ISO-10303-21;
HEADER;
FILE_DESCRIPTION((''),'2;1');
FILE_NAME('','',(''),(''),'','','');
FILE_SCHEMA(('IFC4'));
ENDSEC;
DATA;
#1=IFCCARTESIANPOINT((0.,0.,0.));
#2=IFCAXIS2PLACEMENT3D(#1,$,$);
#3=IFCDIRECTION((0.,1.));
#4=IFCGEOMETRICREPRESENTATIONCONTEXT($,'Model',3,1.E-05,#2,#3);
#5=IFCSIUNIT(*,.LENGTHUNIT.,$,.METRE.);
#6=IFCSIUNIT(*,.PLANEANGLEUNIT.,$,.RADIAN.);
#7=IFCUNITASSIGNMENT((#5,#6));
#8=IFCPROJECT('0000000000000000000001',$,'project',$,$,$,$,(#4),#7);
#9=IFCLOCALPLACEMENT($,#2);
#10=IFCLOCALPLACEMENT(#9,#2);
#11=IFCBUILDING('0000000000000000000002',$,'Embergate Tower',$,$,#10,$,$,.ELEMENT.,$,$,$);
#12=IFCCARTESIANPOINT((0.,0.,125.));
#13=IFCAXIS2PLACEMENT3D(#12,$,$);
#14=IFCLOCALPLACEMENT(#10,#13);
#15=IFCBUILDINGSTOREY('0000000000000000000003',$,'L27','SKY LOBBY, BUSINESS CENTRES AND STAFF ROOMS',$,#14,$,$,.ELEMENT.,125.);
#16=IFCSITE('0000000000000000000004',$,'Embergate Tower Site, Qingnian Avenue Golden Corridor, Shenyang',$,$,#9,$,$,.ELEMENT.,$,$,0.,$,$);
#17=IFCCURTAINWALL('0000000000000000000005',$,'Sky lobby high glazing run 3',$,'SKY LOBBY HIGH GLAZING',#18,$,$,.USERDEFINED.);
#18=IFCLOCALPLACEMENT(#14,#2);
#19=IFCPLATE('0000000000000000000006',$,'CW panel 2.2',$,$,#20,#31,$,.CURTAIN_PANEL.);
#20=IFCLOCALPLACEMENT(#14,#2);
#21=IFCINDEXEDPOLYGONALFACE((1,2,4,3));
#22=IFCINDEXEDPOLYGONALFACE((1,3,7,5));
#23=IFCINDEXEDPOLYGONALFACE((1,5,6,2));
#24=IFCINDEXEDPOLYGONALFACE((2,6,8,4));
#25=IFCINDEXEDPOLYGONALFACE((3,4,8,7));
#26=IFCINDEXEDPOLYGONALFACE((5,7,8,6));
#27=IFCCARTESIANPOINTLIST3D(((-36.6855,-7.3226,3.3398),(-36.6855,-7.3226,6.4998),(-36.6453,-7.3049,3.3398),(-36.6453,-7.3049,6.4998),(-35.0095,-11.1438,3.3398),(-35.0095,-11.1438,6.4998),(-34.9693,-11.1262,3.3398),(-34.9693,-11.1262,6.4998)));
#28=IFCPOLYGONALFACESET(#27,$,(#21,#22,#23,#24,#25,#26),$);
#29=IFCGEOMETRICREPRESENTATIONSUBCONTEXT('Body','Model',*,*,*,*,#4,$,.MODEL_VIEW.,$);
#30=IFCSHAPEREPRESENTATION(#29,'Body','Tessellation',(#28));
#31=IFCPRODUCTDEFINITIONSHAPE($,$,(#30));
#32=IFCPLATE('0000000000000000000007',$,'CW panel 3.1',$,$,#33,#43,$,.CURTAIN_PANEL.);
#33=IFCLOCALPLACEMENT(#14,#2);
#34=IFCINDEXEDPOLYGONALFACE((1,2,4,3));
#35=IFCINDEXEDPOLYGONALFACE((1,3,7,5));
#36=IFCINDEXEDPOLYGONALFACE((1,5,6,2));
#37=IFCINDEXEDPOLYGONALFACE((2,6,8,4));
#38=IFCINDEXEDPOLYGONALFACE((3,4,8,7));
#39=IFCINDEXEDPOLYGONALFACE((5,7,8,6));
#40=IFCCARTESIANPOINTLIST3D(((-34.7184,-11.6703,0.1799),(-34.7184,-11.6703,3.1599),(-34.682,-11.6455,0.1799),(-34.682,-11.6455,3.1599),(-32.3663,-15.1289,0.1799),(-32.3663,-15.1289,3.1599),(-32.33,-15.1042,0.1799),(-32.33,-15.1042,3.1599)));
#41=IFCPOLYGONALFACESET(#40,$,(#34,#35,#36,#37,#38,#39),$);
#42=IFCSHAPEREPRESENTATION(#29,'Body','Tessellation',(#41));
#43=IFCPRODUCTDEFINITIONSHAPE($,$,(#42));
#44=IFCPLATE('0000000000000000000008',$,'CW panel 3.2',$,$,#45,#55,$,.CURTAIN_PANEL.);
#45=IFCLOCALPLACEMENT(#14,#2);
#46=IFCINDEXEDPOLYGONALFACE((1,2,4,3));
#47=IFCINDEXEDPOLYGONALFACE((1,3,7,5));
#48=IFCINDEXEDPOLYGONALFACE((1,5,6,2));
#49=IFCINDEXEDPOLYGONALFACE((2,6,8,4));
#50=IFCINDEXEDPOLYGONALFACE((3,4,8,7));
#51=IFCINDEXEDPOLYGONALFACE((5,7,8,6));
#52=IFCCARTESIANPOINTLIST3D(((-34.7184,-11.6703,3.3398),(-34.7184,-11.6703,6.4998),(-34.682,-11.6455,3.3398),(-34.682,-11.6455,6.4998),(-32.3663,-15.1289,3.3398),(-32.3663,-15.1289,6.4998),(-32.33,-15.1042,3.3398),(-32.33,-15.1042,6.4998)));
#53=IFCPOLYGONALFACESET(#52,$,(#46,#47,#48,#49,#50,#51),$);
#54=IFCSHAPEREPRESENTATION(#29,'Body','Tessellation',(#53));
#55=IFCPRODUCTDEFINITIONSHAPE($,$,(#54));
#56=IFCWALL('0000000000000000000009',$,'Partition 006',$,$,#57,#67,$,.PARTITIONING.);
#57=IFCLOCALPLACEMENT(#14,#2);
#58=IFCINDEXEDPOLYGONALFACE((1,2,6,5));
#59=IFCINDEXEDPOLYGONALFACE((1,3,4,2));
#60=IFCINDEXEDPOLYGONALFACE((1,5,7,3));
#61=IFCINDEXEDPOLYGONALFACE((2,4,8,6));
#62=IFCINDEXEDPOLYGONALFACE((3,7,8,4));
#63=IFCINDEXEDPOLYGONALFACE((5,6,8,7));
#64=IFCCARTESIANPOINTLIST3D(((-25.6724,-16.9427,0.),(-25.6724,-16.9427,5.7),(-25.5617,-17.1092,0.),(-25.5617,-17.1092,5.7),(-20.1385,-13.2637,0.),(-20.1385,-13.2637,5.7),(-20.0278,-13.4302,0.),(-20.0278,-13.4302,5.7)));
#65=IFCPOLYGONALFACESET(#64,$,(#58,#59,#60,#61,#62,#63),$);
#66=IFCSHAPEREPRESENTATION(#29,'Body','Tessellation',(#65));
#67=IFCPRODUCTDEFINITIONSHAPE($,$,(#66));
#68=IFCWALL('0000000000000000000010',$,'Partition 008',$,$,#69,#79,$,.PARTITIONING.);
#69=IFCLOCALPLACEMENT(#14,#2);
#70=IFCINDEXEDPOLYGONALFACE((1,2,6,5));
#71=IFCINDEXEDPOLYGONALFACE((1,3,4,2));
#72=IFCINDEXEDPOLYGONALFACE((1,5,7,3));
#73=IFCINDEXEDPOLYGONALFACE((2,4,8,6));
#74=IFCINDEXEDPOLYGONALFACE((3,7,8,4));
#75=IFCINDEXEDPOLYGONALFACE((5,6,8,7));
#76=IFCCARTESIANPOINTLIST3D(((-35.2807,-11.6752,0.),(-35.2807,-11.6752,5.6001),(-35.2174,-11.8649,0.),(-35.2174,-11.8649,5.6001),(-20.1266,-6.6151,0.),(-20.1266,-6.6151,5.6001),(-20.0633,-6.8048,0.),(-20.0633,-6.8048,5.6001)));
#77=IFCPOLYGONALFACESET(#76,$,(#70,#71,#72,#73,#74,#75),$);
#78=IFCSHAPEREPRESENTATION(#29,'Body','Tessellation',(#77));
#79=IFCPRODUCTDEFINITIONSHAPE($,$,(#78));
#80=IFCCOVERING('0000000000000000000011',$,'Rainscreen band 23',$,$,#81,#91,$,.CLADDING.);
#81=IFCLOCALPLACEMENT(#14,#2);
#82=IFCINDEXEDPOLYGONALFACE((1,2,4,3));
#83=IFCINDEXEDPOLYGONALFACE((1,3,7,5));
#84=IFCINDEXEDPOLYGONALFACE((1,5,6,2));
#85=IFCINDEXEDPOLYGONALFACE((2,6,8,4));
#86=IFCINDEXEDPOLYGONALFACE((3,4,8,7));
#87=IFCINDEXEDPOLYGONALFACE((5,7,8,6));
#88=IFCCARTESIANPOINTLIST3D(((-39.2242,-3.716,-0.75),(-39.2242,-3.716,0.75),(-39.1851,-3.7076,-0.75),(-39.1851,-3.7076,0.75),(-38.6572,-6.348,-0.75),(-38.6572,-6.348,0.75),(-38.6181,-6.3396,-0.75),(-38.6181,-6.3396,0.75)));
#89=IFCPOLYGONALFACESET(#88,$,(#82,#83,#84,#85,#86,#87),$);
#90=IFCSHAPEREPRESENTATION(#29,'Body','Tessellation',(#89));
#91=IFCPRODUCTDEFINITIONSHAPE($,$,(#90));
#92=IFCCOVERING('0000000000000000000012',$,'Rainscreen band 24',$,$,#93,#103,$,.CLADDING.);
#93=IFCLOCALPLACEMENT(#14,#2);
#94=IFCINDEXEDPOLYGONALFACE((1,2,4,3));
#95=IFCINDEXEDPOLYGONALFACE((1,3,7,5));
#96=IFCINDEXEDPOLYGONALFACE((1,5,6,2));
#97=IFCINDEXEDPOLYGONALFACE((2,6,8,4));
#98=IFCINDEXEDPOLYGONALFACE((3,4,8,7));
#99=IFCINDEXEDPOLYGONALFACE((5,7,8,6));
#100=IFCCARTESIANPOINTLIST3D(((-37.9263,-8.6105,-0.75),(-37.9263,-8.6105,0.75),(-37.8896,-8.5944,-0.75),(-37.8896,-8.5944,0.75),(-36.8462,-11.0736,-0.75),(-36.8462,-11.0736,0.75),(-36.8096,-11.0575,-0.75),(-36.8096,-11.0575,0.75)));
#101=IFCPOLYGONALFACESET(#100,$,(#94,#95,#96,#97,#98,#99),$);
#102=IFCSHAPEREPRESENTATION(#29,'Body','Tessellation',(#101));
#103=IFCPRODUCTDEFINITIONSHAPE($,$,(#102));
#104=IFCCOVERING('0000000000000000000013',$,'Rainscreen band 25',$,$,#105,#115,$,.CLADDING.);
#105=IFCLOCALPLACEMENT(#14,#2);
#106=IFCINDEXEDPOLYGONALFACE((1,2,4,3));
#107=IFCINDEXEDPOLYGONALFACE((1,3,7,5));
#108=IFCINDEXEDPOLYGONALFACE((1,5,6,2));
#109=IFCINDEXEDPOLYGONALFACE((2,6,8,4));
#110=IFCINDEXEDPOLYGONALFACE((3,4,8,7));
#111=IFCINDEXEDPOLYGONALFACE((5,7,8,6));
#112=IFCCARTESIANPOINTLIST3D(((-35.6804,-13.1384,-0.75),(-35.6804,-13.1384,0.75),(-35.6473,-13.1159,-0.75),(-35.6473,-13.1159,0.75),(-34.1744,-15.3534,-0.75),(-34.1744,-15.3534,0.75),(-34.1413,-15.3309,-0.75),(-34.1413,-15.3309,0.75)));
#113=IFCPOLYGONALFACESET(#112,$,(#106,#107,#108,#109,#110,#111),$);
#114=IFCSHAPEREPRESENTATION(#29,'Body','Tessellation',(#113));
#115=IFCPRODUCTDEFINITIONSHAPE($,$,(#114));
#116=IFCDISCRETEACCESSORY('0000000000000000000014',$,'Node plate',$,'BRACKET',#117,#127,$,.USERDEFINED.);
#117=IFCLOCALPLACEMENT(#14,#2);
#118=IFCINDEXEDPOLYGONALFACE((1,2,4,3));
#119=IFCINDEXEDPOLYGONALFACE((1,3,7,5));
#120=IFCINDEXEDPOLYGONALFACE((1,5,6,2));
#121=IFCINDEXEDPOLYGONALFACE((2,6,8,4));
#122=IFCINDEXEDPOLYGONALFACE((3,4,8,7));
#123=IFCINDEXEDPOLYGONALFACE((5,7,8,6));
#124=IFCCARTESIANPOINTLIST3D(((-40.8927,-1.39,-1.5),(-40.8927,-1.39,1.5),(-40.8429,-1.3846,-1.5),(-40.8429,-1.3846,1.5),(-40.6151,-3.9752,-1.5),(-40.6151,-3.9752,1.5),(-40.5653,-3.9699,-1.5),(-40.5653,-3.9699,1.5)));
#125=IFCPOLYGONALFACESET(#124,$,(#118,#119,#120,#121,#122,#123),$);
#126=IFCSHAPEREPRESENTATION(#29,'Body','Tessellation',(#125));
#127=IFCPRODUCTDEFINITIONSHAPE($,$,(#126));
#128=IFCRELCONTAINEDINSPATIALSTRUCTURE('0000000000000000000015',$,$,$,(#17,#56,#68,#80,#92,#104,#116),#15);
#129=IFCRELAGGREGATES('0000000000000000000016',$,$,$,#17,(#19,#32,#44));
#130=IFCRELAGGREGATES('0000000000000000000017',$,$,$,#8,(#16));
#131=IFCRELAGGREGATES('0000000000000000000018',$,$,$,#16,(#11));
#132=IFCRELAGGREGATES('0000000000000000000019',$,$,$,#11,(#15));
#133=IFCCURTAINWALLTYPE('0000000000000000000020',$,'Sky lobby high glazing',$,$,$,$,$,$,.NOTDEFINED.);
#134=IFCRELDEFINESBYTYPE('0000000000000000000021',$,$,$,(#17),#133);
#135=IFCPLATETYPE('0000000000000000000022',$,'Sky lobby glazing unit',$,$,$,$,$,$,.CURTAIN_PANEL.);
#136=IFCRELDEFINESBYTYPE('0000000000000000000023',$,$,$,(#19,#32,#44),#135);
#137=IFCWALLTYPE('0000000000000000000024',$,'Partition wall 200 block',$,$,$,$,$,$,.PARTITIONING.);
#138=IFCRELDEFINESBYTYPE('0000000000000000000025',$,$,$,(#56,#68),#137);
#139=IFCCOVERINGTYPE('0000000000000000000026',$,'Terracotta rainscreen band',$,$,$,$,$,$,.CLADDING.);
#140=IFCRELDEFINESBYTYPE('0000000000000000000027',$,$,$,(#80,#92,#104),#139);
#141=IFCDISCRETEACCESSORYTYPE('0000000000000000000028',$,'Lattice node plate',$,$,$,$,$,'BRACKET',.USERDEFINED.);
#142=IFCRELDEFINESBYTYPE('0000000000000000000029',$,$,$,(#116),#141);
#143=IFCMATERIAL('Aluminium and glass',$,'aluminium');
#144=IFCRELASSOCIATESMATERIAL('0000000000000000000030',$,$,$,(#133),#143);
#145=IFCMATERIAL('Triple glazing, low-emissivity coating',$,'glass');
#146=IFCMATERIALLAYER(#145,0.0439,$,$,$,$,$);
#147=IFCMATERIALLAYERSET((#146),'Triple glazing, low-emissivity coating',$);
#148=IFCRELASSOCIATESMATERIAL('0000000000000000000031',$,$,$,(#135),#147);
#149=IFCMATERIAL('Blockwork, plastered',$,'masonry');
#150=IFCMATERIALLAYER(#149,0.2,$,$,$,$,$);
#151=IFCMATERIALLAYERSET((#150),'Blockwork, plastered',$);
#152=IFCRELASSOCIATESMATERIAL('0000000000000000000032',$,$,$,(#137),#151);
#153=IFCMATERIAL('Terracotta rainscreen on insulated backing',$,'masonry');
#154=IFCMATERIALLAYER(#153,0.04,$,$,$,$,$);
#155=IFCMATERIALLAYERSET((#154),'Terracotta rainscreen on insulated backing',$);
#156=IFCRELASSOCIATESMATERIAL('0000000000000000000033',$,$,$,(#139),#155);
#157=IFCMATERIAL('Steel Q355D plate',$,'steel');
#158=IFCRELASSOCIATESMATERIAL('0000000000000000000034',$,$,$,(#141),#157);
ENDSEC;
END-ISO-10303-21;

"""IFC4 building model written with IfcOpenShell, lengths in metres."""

from ifc_helpers import new_model, si_unit, direction, frame, frame_2d, origin, origin_2d, place, context, subcontext, project, spatial, rectangle, extrude, source, transform, mapped, material, layer, layer_set, type_object, element, aggregate, save


model = new_model("IFC4")

# Units and contexts
model_context = context("Model", 3, precision=1e-05, world=origin(), true_north=direction((0.0, 1.0)))
body_context = subcontext(model_context, "Body", "Model", "MODEL_VIEW")
ifc_project = project(units=[si_unit("LENGTHUNIT", "METRE"), si_unit("PLANEANGLEUNIT", "RADIAN")], contexts=[model_context])

# Site, building, storey
site_placement = place(None, origin())
site = spatial("IfcSite", under=ifc_project, at=site_placement, Name="Embergate Tower Site, Qingnian Avenue Golden Corridor, Shenyang", CompositionType="ELEMENT", RefElevation=0.0)
building_placement = place(site_placement, origin())
building = spatial("IfcBuilding", under=site, at=building_placement, Name="Embergate Tower", CompositionType="ELEMENT")
storey_placement = place(building_placement, frame((0.0, 0.0, 125.0)))
storey = spatial("IfcBuildingStorey", under=building, at=storey_placement, Name="L27", Description="SKY LOBBY, BUSINESS CENTRES AND STAFF ROOMS", CompositionType="ELEMENT", Elevation=125.0)

# Curtain wall, plates
ifc_material_1 = material(Name="Aluminium and glass", Category="aluminium")
curtain_wall_type = type_object("IfcCurtainWallType", Name="Sky lobby high glazing", PredefinedType="NOTDEFINED", material=ifc_material_1)
curtain_wall_placement = place(storey_placement, origin())
curtain_wall = element("IfcCurtainWall", 1, at=curtain_wall_placement, inside=storey, type_object=curtain_wall_type, Name="Sky lobby high glazing run 3", ObjectType="SKY LOBBY HIGH GLAZING", PredefinedType="USERDEFINED")
ifc_material_2 = material(Name="Triple glazing, low-emissivity coating", Category="glass")
ifc_layer_1 = layer(ifc_material_2, 0.0439)
ifc_layer_set_1 = layer_set([ifc_layer_1], Name="Triple glazing, low-emissivity coating")
plate_type = type_object("IfcPlateType", Name="Sky lobby glazing unit", PredefinedType="CURTAIN_PANEL", material=ifc_layer_set_1)
shared_shape_1 = source(origin(), body_context, "Body", "SweptSolid", [
    extrude(rectangle(XDim=4.1726, YDim=0.0439, at=origin_2d()), origin(), (0.0, 0.0, 1.0), 3.1599),
])
plate_1_placement = place(storey_placement, frame((-35.8274, -9.2244, 3.3398), z_axis=(0.0, 0.0, 1.0), x_axis=(0.401658, -0.91579, 0.0)))
plate_1 = element("IfcPlate", 2, at=plate_1_placement, type_object=plate_type, Name="CW panel 2.2", PredefinedType="CURTAIN_PANEL", context=body_context, shape_type="MappedRepresentation", body=[
    mapped(shared_shape_1, transform((0.0, 0.0, 0.0))),
])
shared_shape_2 = source(origin(), body_context, "Body", "SweptSolid", [
    extrude(rectangle(XDim=4.1826, YDim=0.0439, at=origin_2d()), origin(), (0.0, 0.0, 1.0), 2.98),
])
plate_2_placement = place(storey_placement, frame((-33.5242, -13.3872, 0.1799), z_axis=(0.0, 0.0, 1.0), x_axis=(0.562348, -0.826901, 0.0)))
plate_2 = element("IfcPlate", 3, at=plate_2_placement, type_object=plate_type, Name="CW panel 3.1", PredefinedType="CURTAIN_PANEL", context=body_context, shape_type="MappedRepresentation", body=[
    mapped(shared_shape_2, transform((0.0, 0.0, 0.0))),
])
shared_shape_3 = source(origin(), body_context, "Body", "SweptSolid", [
    extrude(rectangle(XDim=4.1826, YDim=0.0439, at=origin_2d()), origin(), (0.0, 0.0, 1.0), 3.1599),
])
plate_3_placement = place(storey_placement, frame((-33.5242, -13.3872, 3.3398), z_axis=(0.0, 0.0, 1.0), x_axis=(0.562348, -0.826901, 0.0)))
plate_3 = element("IfcPlate", 4, at=plate_3_placement, type_object=plate_type, Name="CW panel 3.2", PredefinedType="CURTAIN_PANEL", context=body_context, shape_type="MappedRepresentation", body=[
    mapped(shared_shape_3, transform((0.0, 0.0, 0.0))),
])
aggregate(curtain_wall, [plate_1, plate_2, plate_3])

# Walls
ifc_material_3 = material(Name="Blockwork, plastered", Category="masonry")
ifc_layer_2 = layer(ifc_material_3, 0.2)
ifc_layer_set_2 = layer_set([ifc_layer_2], Name="Blockwork, plastered")
wall_type = type_object("IfcWallType", Name="Partition wall 200 block", PredefinedType="PARTITIONING", material=ifc_layer_set_2)
shared_shape_4 = source(origin(), body_context, "Body", "SweptSolid", [
    extrude(rectangle(XDim=6.6453, YDim=0.2, at=frame_2d((3.3228, 0.0))), origin(), (0.0, 0.0, 1.0), 5.7),
])
wall_1_placement = place(storey_placement, frame((-20.083, -13.3469, 0.0), z_axis=(0.0, 0.0, 1.0), x_axis=(-0.832767, -0.553623, 0.0)))
element("IfcWall", 5, at=wall_1_placement, inside=storey, type_object=wall_type, Name="Partition 006", PredefinedType="PARTITIONING", context=body_context, shape_type="MappedRepresentation", body=[
    mapped(shared_shape_4, transform((0.0, 0.0, 0.0))),
])
shared_shape_5 = source(origin(), body_context, "Body", "SweptSolid", [
    extrude(rectangle(XDim=15.9766, YDim=0.2, at=frame_2d((7.9883, 0.0))), origin(), (0.0, 0.0, 1.0), 5.6001),
])
wall_2_placement = place(storey_placement, frame((-20.095, -6.71, 0.0), z_axis=(0.0, 0.0, 1.0), x_axis=(-0.94852, -0.316718, 0.0)))
element("IfcWall", 6, at=wall_2_placement, inside=storey, type_object=wall_type, Name="Partition 008", PredefinedType="PARTITIONING", context=body_context, shape_type="MappedRepresentation", body=[
    mapped(shared_shape_5, transform((0.0, 0.0, 0.0))),
])

# Coverings
ifc_material_4 = material(Name="Terracotta rainscreen on insulated backing", Category="masonry")
ifc_layer_3 = layer(ifc_material_4, 0.04)
ifc_layer_set_3 = layer_set([ifc_layer_3], Name="Terracotta rainscreen on insulated backing")
covering_type = type_object("IfcCoveringType", Name="Terracotta rainscreen band", PredefinedType="CLADDING", material=ifc_layer_set_3)
shared_shape_6 = source(origin(), body_context, "Body", "SweptSolid", [
    extrude(rectangle(XDim=2.6924, YDim=0.04, at=origin_2d()), origin(), (0.0, 0.0, 1.0), 1.5),
])
covering_1_placement = place(storey_placement, frame((-38.9211, -5.0278, -0.75), z_axis=(0.0, 0.0, 1.0), x_axis=(0.210595, -0.977573, 0.0)))
element("IfcCovering", 7, at=covering_1_placement, inside=storey, type_object=covering_type, Name="Rainscreen band 23", PredefinedType="CLADDING", context=body_context, shape_type="MappedRepresentation", body=[
    mapped(shared_shape_6, transform((0.0, 0.0, 0.0))),
])
shared_shape_7 = source(origin(), body_context, "Body", "SweptSolid", [
    extrude(rectangle(XDim=2.6895, YDim=0.04, at=origin_2d()), origin(), (0.0, 0.0, 1.0), 1.5),
])
covering_2_placement = place(storey_placement, frame((-37.3679, -9.834, -0.75), z_axis=(0.0, 0.0, 1.0), x_axis=(0.40158, -0.915824, 0.0)))
element("IfcCovering", 8, at=covering_2_placement, inside=storey, type_object=covering_type, Name="Rainscreen band 24", PredefinedType="CLADDING", context=body_context, shape_type="MappedRepresentation", body=[
    mapped(shared_shape_7, transform((0.0, 0.0, 0.0))),
])
shared_shape_8 = source(origin(), body_context, "Body", "SweptSolid", [
    extrude(rectangle(XDim=2.6785, YDim=0.04, at=origin_2d()), origin(), (0.0, 0.0, 1.0), 1.5),
])
covering_3_placement = place(storey_placement, frame((-34.9109, -14.2346, -0.75), z_axis=(0.0, 0.0, 1.0), x_axis=(0.562259, -0.826961, 0.0)))
element("IfcCovering", 9, at=covering_3_placement, inside=storey, type_object=covering_type, Name="Rainscreen band 25", PredefinedType="CLADDING", context=body_context, shape_type="MappedRepresentation", body=[
    mapped(shared_shape_8, transform((0.0, 0.0, 0.0))),
])

# Discrete accessory
ifc_material_5 = material(Name="Steel Q355D plate", Category="steel")
discrete_accessory_type = type_object("IfcDiscreteAccessoryType", Name="Lattice node plate", ElementType="BRACKET", PredefinedType="USERDEFINED", material=ifc_material_5)
shared_shape_9 = source(origin(), body_context, "Body", "SweptSolid", [
    extrude(rectangle(XDim=2.6001, YDim=0.05, at=origin_2d()), origin(), (0.0, 0.0, 1.0), 3.0),
])
discrete_accessory_placement = place(storey_placement, frame((-40.729, -2.6799, -1.5), z_axis=(0.0, 0.0, 1.0), x_axis=(0.10675, -0.994286, 0.0)))
element("IfcDiscreteAccessory", 10, at=discrete_accessory_placement, inside=storey, type_object=discrete_accessory_type, Name="Node plate", ObjectType="BRACKET", PredefinedType="USERDEFINED", context=body_context, shape_type="MappedRepresentation", body=[
    mapped(shared_shape_9, transform((0.0, 0.0, 0.0))),
])

save(model, "model.ifc")
